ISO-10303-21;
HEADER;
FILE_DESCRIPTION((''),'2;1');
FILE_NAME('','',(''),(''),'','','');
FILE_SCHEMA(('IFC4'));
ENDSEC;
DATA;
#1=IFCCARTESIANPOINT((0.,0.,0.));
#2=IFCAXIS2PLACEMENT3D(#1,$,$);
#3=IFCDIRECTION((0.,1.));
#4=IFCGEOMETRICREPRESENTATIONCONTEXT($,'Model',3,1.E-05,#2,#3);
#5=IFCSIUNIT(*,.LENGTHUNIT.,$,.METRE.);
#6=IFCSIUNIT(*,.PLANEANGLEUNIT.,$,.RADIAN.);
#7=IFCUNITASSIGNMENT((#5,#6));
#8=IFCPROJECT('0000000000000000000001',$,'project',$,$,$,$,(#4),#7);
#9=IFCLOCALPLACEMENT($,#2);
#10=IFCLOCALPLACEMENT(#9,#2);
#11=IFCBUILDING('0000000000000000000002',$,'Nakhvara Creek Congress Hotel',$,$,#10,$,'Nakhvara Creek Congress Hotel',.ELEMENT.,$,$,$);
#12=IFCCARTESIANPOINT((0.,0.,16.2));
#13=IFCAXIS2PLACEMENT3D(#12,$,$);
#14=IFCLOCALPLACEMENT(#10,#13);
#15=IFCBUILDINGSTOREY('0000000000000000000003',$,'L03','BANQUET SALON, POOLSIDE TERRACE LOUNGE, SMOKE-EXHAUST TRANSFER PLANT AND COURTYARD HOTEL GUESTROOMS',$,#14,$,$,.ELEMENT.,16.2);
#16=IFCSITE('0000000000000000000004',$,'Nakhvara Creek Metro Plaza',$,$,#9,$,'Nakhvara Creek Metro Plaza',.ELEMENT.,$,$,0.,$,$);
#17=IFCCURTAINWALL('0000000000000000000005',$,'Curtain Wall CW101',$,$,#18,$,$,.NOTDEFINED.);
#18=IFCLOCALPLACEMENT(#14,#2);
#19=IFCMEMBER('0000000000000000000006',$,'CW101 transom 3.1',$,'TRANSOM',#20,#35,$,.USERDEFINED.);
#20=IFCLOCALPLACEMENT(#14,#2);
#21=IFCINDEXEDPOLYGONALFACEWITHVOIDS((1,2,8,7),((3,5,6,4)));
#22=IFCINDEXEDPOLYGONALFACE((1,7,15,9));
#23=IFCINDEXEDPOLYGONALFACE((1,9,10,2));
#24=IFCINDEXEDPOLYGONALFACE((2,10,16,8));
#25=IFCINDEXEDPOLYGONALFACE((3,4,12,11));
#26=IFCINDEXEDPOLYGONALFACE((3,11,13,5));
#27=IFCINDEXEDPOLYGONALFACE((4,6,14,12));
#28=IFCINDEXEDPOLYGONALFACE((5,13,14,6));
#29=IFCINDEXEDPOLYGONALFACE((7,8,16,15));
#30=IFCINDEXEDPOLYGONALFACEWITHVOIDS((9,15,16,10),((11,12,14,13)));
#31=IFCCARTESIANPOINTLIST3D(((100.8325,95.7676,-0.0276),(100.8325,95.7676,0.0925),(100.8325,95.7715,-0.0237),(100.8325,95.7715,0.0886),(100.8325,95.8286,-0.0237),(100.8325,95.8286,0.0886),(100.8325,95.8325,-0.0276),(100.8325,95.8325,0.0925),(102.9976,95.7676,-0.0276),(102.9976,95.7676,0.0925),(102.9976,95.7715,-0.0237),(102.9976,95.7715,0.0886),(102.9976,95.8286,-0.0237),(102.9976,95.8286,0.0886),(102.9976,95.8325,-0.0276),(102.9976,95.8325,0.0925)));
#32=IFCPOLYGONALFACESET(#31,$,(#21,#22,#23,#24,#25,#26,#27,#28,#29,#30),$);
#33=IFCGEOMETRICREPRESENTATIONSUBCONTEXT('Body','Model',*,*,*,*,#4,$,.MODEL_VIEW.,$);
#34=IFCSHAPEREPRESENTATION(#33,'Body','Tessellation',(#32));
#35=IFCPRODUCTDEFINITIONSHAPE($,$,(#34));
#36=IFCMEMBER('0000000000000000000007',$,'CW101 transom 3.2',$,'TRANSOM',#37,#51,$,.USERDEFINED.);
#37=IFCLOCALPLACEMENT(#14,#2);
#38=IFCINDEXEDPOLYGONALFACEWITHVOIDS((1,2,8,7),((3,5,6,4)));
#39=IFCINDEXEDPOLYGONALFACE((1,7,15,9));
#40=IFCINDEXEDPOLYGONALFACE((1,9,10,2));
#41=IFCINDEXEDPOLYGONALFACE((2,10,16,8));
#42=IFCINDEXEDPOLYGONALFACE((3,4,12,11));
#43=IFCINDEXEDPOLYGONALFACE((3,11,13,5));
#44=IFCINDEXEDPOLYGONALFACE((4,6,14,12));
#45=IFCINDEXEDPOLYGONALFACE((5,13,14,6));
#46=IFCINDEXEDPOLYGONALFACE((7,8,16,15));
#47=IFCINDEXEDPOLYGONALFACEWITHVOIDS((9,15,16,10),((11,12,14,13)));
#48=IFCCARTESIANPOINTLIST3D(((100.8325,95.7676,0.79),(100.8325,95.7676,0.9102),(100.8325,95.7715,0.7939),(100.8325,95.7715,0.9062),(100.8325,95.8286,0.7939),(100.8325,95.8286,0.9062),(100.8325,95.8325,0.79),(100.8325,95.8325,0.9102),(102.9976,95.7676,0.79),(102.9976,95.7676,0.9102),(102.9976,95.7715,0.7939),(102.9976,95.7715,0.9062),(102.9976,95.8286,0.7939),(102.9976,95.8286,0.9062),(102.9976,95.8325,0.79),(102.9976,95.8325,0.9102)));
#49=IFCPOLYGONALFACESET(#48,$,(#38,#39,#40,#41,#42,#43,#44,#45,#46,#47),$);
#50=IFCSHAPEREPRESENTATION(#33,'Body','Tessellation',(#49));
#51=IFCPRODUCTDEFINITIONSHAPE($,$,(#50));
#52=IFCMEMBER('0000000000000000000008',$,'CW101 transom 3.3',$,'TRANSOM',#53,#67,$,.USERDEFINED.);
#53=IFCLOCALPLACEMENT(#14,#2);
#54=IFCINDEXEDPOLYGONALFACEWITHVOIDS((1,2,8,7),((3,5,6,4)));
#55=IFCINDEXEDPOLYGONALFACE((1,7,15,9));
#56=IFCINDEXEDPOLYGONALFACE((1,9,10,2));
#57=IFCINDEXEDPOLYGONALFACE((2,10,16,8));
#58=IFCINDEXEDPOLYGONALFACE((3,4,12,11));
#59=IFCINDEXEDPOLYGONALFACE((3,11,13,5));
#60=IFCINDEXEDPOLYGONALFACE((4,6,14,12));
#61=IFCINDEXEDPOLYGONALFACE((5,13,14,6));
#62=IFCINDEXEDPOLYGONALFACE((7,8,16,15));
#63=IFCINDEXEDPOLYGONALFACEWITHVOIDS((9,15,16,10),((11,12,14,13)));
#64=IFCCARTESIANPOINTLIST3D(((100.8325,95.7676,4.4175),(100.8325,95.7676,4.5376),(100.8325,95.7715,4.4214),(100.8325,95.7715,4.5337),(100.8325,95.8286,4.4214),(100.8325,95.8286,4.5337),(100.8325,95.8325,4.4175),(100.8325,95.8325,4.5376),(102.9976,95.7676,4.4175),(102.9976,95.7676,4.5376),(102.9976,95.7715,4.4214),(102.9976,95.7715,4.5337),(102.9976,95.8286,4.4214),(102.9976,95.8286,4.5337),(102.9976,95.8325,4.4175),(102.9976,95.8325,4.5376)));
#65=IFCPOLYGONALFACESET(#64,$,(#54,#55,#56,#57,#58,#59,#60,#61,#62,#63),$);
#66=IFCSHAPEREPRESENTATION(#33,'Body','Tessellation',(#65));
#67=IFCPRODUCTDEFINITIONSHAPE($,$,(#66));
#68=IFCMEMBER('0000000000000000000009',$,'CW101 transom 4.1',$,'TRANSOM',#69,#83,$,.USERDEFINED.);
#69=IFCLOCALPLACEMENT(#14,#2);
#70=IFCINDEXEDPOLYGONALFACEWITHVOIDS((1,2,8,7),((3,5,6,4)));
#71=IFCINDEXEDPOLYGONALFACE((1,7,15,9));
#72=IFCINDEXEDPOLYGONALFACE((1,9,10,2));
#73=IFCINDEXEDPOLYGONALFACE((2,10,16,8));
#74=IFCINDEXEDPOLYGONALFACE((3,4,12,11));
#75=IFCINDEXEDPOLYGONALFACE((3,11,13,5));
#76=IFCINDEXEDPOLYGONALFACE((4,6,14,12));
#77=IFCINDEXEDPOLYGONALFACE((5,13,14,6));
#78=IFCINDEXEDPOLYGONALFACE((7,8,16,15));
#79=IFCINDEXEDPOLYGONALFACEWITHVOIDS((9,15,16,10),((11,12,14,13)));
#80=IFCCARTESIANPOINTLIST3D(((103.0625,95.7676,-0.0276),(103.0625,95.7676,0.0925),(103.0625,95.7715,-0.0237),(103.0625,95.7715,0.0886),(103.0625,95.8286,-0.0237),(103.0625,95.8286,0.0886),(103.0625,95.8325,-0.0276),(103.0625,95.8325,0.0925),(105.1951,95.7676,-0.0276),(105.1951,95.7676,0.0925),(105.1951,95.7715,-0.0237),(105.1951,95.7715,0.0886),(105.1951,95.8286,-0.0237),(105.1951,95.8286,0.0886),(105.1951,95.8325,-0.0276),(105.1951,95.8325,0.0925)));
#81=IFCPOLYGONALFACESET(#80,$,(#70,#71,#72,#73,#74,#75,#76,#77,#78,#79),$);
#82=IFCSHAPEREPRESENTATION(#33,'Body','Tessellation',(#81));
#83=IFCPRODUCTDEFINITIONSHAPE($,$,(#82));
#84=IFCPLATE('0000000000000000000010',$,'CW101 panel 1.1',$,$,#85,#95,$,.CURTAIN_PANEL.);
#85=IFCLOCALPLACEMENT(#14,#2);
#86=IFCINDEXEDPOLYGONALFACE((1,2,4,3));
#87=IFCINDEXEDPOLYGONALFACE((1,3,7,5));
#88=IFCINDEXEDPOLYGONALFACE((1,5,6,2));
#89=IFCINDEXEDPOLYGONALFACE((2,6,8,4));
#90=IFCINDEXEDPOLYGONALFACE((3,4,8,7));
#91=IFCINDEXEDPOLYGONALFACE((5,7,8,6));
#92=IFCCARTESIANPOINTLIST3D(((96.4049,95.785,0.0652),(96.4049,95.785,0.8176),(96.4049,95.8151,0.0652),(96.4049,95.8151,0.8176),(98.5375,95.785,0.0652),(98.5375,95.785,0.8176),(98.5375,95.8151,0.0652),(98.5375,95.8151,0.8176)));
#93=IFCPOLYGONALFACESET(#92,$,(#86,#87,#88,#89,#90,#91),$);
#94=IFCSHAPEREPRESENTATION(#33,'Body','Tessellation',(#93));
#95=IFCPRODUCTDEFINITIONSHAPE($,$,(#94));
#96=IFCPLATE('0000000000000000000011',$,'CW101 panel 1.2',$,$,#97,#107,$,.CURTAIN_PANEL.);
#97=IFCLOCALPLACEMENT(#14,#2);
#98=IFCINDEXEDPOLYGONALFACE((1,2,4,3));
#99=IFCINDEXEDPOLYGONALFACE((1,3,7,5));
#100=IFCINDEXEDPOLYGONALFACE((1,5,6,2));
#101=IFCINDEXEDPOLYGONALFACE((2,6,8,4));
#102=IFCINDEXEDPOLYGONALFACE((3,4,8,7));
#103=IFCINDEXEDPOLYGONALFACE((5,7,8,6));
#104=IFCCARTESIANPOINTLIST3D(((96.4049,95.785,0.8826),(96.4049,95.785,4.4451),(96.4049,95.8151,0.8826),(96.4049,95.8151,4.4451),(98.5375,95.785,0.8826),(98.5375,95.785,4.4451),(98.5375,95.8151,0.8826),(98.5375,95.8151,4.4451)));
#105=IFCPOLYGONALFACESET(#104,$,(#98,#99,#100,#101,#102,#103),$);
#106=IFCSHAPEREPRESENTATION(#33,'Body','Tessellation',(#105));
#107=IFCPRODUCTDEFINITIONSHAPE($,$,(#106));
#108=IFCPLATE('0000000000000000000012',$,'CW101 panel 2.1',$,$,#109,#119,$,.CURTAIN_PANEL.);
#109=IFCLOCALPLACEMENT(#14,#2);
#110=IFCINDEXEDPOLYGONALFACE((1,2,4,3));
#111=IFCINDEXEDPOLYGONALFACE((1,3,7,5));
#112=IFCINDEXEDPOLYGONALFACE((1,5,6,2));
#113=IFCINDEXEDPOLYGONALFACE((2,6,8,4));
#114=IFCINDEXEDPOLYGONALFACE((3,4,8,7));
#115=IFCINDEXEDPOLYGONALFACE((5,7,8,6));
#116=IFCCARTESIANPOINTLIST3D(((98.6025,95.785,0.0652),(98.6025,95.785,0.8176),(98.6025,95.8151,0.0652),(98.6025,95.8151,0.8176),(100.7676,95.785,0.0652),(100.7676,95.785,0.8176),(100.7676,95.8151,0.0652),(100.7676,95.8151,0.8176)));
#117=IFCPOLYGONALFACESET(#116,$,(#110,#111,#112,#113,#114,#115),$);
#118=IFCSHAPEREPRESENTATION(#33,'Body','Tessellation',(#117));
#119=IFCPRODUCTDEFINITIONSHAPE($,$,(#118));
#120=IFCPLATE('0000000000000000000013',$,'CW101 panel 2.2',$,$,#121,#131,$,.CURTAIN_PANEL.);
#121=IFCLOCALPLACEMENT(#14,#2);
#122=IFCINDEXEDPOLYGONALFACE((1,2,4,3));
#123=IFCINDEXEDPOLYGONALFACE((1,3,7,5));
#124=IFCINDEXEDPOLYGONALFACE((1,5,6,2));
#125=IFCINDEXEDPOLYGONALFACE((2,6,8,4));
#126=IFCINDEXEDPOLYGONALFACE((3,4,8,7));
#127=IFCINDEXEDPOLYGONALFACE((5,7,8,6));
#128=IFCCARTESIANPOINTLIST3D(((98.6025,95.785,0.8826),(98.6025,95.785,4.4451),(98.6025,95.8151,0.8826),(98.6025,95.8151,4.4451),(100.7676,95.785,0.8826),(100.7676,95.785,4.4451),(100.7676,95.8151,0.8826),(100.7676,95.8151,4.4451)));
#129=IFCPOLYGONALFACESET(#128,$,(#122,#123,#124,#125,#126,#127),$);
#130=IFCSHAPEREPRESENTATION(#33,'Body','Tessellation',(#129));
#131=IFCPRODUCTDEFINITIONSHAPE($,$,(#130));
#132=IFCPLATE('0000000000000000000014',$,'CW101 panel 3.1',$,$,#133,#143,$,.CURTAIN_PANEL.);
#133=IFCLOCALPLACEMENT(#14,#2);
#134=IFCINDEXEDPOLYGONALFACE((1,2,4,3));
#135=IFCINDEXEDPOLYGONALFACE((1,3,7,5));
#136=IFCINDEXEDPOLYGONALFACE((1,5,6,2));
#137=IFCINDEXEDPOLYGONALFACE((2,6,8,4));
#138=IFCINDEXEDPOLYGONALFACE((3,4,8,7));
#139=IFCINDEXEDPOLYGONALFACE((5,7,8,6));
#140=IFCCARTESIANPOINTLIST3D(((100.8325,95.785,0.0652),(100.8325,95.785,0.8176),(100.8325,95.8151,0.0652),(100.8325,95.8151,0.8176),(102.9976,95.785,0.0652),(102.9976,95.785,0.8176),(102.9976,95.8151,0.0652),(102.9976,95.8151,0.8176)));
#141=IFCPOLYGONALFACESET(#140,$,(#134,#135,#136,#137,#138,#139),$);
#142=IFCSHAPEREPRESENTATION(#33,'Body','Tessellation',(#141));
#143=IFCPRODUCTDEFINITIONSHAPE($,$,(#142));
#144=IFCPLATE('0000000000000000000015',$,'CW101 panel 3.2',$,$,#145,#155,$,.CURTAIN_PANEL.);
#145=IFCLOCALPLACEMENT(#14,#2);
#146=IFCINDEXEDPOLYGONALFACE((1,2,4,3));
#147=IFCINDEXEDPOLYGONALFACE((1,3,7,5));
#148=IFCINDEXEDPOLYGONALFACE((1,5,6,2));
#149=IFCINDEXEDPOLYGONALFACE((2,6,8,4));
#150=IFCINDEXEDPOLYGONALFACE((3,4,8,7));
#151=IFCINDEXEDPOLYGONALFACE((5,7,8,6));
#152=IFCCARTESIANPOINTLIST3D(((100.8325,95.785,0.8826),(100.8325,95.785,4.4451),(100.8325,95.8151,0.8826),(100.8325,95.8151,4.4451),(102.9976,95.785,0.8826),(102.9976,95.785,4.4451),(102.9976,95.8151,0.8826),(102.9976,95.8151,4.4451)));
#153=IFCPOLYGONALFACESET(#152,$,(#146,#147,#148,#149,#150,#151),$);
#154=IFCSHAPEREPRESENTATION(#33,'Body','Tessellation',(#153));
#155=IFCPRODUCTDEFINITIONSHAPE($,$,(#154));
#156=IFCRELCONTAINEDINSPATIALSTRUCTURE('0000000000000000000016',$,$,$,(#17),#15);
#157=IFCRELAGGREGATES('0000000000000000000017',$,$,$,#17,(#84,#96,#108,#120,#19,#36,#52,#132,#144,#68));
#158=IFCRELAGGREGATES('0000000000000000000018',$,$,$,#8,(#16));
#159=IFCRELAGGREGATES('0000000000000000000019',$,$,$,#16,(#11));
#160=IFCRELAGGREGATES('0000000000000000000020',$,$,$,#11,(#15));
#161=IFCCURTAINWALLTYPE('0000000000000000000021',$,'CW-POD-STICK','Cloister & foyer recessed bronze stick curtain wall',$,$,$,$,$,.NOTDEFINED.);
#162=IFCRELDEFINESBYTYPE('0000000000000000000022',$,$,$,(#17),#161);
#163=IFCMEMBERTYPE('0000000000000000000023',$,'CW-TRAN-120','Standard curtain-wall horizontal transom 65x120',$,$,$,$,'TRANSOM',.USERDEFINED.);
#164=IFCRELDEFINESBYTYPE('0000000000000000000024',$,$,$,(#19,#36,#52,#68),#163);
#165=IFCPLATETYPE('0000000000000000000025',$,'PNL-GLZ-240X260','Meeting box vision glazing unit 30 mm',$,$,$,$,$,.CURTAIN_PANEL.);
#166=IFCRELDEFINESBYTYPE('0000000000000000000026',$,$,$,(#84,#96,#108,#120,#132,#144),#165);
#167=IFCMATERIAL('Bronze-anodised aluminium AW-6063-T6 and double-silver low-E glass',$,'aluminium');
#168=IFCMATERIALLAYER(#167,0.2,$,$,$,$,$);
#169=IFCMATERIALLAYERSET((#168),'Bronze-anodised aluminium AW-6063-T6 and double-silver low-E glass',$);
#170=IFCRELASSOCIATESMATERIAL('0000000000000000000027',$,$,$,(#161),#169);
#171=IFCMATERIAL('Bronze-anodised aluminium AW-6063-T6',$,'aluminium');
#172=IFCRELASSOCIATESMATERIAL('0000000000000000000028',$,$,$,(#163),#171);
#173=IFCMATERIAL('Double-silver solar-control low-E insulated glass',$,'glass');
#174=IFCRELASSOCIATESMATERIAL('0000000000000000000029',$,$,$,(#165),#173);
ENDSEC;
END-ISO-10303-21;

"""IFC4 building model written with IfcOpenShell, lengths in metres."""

from ifc_helpers import new_model, si_unit, direction, frame, origin, origin_2d, place, context, subcontext, project, spatial, rectangle, hollow_rectangle, extrude, material, layer, layer_set, material_profile, profile_set, type_object, element, aggregate, save


model = new_model("IFC4")

# Units and contexts
model_context = context("Model", 3, precision=1e-05, world=origin(), true_north=direction((0.0, 1.0)))
body_context = subcontext(model_context, "Body", "Model", "MODEL_VIEW")
ifc_project = project(units=[si_unit("LENGTHUNIT", "METRE"), si_unit("PLANEANGLEUNIT", "RADIAN")], contexts=[model_context])

# Site, building, storey
site_placement = place(None, origin())
site = spatial("IfcSite", under=ifc_project, at=site_placement, Name="Nakhvara Creek Metro Plaza", LongName="Nakhvara Creek Metro Plaza", CompositionType="ELEMENT", RefElevation=0.0)
building_placement = place(site_placement, origin())
building = spatial("IfcBuilding", under=site, at=building_placement, Name="Nakhvara Creek Congress Hotel", LongName="Nakhvara Creek Congress Hotel", CompositionType="ELEMENT")
storey_placement = place(building_placement, frame((0.0, 0.0, 16.2)))
storey = spatial("IfcBuildingStorey", under=building, at=storey_placement, Name="L03", Description="BANQUET SALON, POOLSIDE TERRACE LOUNGE, SMOKE-EXHAUST TRANSFER PLANT AND COURTYARD HOTEL GUESTROOMS", CompositionType="ELEMENT", Elevation=16.2)

# Curtain wall, members, plates
ifc_material_1 = material(Name="Bronze-anodised aluminium AW-6063-T6 and double-silver low-E glass", Category="aluminium")
ifc_layer = layer(ifc_material_1, 0.2)
ifc_layer_set = layer_set([ifc_layer], Name="Bronze-anodised aluminium AW-6063-T6 and double-silver low-E glass")
curtain_wall_type = type_object("IfcCurtainWallType", Name="CW-POD-STICK", Description="Cloister & foyer recessed bronze stick curtain wall", PredefinedType="NOTDEFINED", material=ifc_layer_set)
curtain_wall_placement = place(storey_placement, origin())
curtain_wall = element("IfcCurtainWall", 1, at=curtain_wall_placement, inside=storey, type_object=curtain_wall_type, Name="Curtain Wall CW101", PredefinedType="NOTDEFINED")
ifc_material_2 = material(Name="Bronze-anodised aluminium AW-6063-T6", Category="aluminium")
ifc_material_profile_1 = material_profile(ifc_material_2, hollow_rectangle(XDim=0.0649, YDim=0.1201, WallThickness=0.0039, at=origin_2d()), Name="ALU-TRAN 65x120x4", Category="LoadBearing")
ifc_profile_set_1 = profile_set([ifc_material_profile_1], Name="Bronze-anodised aluminium AW-6063-T6")
member_type_1 = type_object("IfcMemberType", Name="CW-TRAN-120", Description="Standard curtain-wall horizontal transom 65x120", ElementType="TRANSOM", PredefinedType="USERDEFINED", material=ifc_profile_set_1)
member_1_placement = place(storey_placement, frame((100.8325, 95.8, 0.0325), z_axis=(1.0, 0.0, 0.0), x_axis=(0.0, 1.0, 0.0)))
member_1 = element("IfcMember", 2, at=member_1_placement, type_object=member_type_1, Name="CW101 transom 3.1", ObjectType="TRANSOM", PredefinedType="USERDEFINED", context=body_context, shape_type="SweptSolid", body=[
    extrude(hollow_rectangle(XDim=0.0649, YDim=0.1201, WallThickness=0.0039, at=origin_2d()), origin(), (0.0, 0.0, 1.0), 2.165),
])
member_2_placement = place(storey_placement, frame((100.8325, 95.8, 0.8501), z_axis=(1.0, 0.0, 0.0), x_axis=(0.0, 1.0, 0.0)))
member_2 = element("IfcMember", 3, at=member_2_placement, type_object=member_type_1, Name="CW101 transom 3.2", ObjectType="TRANSOM", PredefinedType="USERDEFINED", context=body_context, shape_type="SweptSolid", body=[
    extrude(hollow_rectangle(XDim=0.0649, YDim=0.1201, WallThickness=0.0039, at=origin_2d()), origin(), (0.0, 0.0, 1.0), 2.165),
])
member_3_placement = place(storey_placement, frame((100.8325, 95.8, 4.4775), z_axis=(1.0, 0.0, 0.0), x_axis=(0.0, 1.0, 0.0)))
member_3 = element("IfcMember", 4, at=member_3_placement, type_object=member_type_1, Name="CW101 transom 3.3", ObjectType="TRANSOM", PredefinedType="USERDEFINED", context=body_context, shape_type="SweptSolid", body=[
    extrude(hollow_rectangle(XDim=0.0649, YDim=0.1201, WallThickness=0.0039, at=origin_2d()), origin(), (0.0, 0.0, 1.0), 2.165),
])
member_4_placement = place(storey_placement, frame((103.0625, 95.8, 0.0325), z_axis=(1.0, 0.0, 0.0), x_axis=(0.0, 1.0, 0.0)))
member_4 = element("IfcMember", 5, at=member_4_placement, type_object=member_type_1, Name="CW101 transom 4.1", ObjectType="TRANSOM", PredefinedType="USERDEFINED", context=body_context, shape_type="SweptSolid", body=[
    extrude(hollow_rectangle(XDim=0.0649, YDim=0.1201, WallThickness=0.0039, at=origin_2d()), origin(), (0.0, 0.0, 1.0), 2.1326),
])
ifc_material_3 = material(Name="Double-silver solar-control low-E insulated glass", Category="glass")
plate_type = type_object("IfcPlateType", Name="PNL-GLZ-240X260", Description="Meeting box vision glazing unit 30 mm", PredefinedType="CURTAIN_PANEL", material=ifc_material_3)
plate_1_placement = place(storey_placement, frame((97.4712, 95.8, 0.0652), z_axis=(0.0, 0.0, 1.0), x_axis=(1.0, 0.0, 0.0)))
plate_1 = element("IfcPlate", 6, at=plate_1_placement, type_object=plate_type, Name="CW101 panel 1.1", PredefinedType="CURTAIN_PANEL", context=body_context, shape_type="SweptSolid", body=[
    extrude(rectangle(XDim=2.1326, YDim=0.03, at=origin_2d()), origin(), (0.0, 0.0, 1.0), 0.7524),
])
plate_2_placement = place(storey_placement, frame((97.4712, 95.8, 0.8826), z_axis=(0.0, 0.0, 1.0), x_axis=(1.0, 0.0, 0.0)))
plate_2 = element("IfcPlate", 7, at=plate_2_placement, type_object=plate_type, Name="CW101 panel 1.2", PredefinedType="CURTAIN_PANEL", context=body_context, shape_type="SweptSolid", body=[
    extrude(rectangle(XDim=2.1326, YDim=0.03, at=origin_2d()), origin(), (0.0, 0.0, 1.0), 3.5625),
])
plate_3_placement = place(storey_placement, frame((99.6851, 95.8, 0.0652), z_axis=(0.0, 0.0, 1.0), x_axis=(1.0, 0.0, 0.0)))
plate_3 = element("IfcPlate", 8, at=plate_3_placement, type_object=plate_type, Name="CW101 panel 2.1", PredefinedType="CURTAIN_PANEL", context=body_context, shape_type="SweptSolid", body=[
    extrude(rectangle(XDim=2.165, YDim=0.03, at=origin_2d()), origin(), (0.0, 0.0, 1.0), 0.7524),
])
plate_4_placement = place(storey_placement, frame((99.6851, 95.8, 0.8826), z_axis=(0.0, 0.0, 1.0), x_axis=(1.0, 0.0, 0.0)))
plate_4 = element("IfcPlate", 9, at=plate_4_placement, type_object=plate_type, Name="CW101 panel 2.2", PredefinedType="CURTAIN_PANEL", context=body_context, shape_type="SweptSolid", body=[
    extrude(rectangle(XDim=2.165, YDim=0.03, at=origin_2d()), origin(), (0.0, 0.0, 1.0), 3.5625),
])
plate_5_placement = place(storey_placement, frame((101.915, 95.8, 0.0652), z_axis=(0.0, 0.0, 1.0), x_axis=(1.0, 0.0, 0.0)))
plate_5 = element("IfcPlate", 10, at=plate_5_placement, type_object=plate_type, Name="CW101 panel 3.1", PredefinedType="CURTAIN_PANEL", context=body_context, shape_type="SweptSolid", body=[
    extrude(rectangle(XDim=2.165, YDim=0.03, at=origin_2d()), origin(), (0.0, 0.0, 1.0), 0.7524),
])
plate_6_placement = place(storey_placement, frame((101.915, 95.8, 0.8826), z_axis=(0.0, 0.0, 1.0), x_axis=(1.0, 0.0, 0.0)))
plate_6 = element("IfcPlate", 11, at=plate_6_placement, type_object=plate_type, Name="CW101 panel 3.2", PredefinedType="CURTAIN_PANEL", context=body_context, shape_type="SweptSolid", body=[
    extrude(rectangle(XDim=2.165, YDim=0.03, at=origin_2d()), origin(), (0.0, 0.0, 1.0), 3.5625),
])
aggregate(curtain_wall, [plate_1, plate_2, plate_3, plate_4, member_1, member_2, member_3, plate_5, plate_6, member_4])

save(model, "model.ifc")
